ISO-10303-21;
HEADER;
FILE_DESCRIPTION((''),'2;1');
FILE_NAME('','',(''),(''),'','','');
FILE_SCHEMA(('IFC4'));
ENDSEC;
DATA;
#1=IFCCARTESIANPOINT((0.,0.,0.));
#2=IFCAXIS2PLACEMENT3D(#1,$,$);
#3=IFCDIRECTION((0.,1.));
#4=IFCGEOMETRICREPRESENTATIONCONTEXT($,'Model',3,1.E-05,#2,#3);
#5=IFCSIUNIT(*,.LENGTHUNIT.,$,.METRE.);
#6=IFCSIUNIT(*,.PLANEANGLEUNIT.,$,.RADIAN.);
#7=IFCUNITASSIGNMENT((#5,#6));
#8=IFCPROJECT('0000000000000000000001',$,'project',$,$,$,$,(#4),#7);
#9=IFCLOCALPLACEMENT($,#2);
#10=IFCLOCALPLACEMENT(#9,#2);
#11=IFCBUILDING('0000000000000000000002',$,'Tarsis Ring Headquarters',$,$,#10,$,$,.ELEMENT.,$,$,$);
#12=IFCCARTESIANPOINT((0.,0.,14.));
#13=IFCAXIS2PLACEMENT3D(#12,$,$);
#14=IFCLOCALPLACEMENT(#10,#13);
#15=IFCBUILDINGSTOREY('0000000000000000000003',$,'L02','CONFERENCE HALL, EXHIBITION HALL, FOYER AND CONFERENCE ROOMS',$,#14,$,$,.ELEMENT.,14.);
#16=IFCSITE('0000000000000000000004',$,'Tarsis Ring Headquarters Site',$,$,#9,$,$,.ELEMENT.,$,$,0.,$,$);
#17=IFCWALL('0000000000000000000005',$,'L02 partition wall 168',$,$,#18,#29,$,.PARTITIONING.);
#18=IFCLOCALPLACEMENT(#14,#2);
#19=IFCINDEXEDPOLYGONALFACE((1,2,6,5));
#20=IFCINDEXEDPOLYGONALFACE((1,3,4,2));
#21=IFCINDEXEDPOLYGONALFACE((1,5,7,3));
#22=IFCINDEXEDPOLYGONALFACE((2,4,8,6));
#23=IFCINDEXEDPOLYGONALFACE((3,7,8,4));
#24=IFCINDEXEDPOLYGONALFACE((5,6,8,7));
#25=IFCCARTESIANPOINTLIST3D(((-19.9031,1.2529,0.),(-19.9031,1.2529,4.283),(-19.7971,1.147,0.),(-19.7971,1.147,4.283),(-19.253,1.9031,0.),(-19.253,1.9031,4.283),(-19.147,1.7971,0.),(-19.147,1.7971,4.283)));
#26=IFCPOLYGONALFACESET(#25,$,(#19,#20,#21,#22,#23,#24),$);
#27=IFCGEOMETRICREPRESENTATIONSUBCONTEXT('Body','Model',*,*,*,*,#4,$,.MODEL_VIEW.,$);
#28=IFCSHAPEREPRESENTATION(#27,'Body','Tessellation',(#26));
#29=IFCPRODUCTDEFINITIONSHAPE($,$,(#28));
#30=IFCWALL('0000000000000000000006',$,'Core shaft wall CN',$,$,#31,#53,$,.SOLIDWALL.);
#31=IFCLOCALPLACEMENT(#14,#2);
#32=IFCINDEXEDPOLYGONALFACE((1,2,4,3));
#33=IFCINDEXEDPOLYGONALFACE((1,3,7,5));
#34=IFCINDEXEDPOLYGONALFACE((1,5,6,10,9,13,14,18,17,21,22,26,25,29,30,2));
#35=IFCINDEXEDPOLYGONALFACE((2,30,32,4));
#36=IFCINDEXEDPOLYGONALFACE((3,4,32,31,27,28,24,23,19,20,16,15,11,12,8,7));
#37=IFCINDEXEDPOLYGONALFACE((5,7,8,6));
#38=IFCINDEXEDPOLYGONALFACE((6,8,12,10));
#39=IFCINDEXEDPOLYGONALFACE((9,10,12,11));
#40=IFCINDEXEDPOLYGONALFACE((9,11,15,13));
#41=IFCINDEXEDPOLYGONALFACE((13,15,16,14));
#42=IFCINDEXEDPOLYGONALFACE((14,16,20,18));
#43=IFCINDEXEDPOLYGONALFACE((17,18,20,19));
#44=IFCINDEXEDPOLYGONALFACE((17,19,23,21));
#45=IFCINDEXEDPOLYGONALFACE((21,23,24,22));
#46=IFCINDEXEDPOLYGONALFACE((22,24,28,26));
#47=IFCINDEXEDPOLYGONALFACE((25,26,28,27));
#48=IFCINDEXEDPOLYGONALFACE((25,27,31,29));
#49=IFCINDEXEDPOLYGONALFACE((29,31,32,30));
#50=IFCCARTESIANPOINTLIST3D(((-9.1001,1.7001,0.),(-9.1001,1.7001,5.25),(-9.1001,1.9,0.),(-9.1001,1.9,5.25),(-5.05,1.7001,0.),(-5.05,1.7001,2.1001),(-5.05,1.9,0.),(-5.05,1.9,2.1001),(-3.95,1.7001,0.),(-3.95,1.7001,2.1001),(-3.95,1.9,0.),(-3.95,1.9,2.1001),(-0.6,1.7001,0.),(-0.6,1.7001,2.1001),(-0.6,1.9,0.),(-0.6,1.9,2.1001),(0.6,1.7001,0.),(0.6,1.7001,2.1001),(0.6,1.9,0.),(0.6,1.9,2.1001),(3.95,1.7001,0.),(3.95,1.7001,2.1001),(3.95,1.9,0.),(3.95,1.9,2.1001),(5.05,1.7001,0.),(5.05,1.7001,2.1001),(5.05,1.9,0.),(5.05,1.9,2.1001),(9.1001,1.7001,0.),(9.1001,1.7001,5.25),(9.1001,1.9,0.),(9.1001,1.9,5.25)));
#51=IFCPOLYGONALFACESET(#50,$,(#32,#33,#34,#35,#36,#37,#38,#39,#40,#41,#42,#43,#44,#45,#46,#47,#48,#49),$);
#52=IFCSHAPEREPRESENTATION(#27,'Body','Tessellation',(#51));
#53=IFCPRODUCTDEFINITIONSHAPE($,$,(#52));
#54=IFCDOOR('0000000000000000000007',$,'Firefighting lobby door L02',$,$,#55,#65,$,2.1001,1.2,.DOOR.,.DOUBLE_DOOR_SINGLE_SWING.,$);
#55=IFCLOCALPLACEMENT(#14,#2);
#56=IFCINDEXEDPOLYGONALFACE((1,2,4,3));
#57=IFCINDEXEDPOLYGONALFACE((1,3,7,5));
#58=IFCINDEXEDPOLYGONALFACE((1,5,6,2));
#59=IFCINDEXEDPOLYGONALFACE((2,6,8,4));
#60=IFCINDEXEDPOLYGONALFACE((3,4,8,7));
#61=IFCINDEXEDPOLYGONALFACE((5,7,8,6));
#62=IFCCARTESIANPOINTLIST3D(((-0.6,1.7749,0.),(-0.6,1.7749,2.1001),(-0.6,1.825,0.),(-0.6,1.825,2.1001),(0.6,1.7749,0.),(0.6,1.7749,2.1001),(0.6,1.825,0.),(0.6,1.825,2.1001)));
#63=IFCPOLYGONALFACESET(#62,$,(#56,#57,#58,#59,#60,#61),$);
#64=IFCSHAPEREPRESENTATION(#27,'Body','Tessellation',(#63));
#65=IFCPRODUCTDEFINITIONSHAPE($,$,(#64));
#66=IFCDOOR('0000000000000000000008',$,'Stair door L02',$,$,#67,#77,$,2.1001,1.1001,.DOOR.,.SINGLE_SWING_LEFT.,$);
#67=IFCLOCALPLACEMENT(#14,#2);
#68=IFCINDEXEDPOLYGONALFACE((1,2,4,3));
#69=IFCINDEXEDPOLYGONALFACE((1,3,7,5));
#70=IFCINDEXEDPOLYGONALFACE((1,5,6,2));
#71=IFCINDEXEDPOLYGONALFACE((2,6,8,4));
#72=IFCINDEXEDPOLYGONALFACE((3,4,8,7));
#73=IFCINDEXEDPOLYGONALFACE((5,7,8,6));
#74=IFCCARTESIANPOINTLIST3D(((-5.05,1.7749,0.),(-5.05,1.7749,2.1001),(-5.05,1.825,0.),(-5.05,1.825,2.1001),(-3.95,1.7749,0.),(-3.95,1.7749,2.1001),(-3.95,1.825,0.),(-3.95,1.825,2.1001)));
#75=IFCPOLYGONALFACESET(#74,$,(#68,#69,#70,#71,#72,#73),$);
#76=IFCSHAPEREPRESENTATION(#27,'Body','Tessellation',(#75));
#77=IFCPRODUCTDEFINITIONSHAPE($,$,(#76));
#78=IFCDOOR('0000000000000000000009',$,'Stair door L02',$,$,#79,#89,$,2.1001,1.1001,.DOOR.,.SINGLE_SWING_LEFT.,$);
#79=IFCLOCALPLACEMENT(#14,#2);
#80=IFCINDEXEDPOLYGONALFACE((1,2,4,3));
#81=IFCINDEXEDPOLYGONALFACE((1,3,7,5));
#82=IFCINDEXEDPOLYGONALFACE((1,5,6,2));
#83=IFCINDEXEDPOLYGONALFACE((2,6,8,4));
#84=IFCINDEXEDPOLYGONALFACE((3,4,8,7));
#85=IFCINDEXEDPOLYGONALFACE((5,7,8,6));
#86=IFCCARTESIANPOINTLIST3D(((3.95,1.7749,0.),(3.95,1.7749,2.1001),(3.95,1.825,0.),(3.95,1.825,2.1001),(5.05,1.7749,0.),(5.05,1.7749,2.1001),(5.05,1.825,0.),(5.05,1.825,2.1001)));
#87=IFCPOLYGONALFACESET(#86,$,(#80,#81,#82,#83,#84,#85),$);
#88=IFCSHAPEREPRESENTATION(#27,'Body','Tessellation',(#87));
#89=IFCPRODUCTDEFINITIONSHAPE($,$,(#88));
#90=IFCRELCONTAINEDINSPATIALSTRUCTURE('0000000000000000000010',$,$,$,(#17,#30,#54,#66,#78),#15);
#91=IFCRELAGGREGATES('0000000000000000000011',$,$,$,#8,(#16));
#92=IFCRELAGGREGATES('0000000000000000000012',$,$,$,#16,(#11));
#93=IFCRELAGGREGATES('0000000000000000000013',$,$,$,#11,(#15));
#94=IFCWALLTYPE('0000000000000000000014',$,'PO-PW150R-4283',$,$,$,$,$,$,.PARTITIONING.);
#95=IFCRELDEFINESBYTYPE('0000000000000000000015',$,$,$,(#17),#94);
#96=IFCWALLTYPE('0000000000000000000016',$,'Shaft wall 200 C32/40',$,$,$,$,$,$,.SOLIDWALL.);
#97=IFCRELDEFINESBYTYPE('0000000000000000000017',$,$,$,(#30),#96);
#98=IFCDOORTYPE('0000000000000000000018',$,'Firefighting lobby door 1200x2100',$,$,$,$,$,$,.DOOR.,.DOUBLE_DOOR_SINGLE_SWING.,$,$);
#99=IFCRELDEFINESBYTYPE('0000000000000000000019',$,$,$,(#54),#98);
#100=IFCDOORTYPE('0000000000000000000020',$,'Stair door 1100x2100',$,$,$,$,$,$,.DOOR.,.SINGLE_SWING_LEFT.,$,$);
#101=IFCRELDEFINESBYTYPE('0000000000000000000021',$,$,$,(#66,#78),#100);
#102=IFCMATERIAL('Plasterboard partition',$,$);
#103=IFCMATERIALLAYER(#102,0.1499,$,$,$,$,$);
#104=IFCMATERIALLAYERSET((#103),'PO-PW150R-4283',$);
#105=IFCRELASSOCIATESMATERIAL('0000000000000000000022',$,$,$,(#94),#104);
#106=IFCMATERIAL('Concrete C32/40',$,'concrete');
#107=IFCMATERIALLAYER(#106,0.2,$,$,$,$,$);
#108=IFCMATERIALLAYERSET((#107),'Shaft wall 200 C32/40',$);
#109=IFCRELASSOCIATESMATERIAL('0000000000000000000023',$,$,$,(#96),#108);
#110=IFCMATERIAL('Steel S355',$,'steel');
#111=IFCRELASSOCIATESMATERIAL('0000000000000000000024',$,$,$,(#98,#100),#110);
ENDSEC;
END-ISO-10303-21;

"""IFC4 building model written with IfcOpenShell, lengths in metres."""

from ifc_helpers import new_model, si_unit, direction, frame, frame_2d, origin, place, context, subcontext, project, spatial, rectangle, extrude, material, layer, layer_set, type_object, element, fill, save


model = new_model("IFC4")

# Units and contexts
model_context = context("Model", 3, precision=1e-05, world=origin(), true_north=direction((0.0, 1.0)))
body_context = subcontext(model_context, "Body", "Model", "MODEL_VIEW")
ifc_project = project(units=[si_unit("LENGTHUNIT", "METRE"), si_unit("PLANEANGLEUNIT", "RADIAN")], contexts=[model_context])

# Site, building, storey
site_placement = place(None, origin())
site = spatial("IfcSite", under=ifc_project, at=site_placement, Name="Tarsis Ring Headquarters Site", CompositionType="ELEMENT", RefElevation=0.0)
building_placement = place(site_placement, origin())
building = spatial("IfcBuilding", under=site, at=building_placement, Name="Tarsis Ring Headquarters", CompositionType="ELEMENT")
storey_placement = place(building_placement, frame((0.0, 0.0, 14.0)))
storey = spatial("IfcBuildingStorey", under=building, at=storey_placement, Name="L02", Description="CONFERENCE HALL, EXHIBITION HALL, FOYER AND CONFERENCE ROOMS", CompositionType="ELEMENT", Elevation=14.0)

# Shared definitions
ifc_material_1 = material(Name="Plasterboard partition")
ifc_layer_1 = layer(ifc_material_1, 0.1499)
ifc_layer_set_1 = layer_set([ifc_layer_1], Name="PO-PW150R-4283")
wall_type_1 = type_object("IfcWallType", Name="PO-PW150R-4283", PredefinedType="PARTITIONING", material=ifc_layer_set_1)

# Wall
wall_1_placement = place(storey_placement, frame((-19.8501, 1.2, 0.0), z_axis=(0.0, 0.0, 1.0), x_axis=(0.707107, 0.707107, 0.0)))
element("IfcWall", 1, at=wall_1_placement, inside=storey, type_object=wall_type_1, Name="L02 partition wall 168", PredefinedType="PARTITIONING", context=body_context, shape_type="SweptSolid", body=[
    extrude(rectangle(XDim=0.9194, YDim=0.1499, at=frame_2d((0.4597, 0.0))), origin(), (0.0, 0.0, 1.0), 4.283),
])

# Wall, openings, doors
ifc_material_2 = material(Name="Concrete C32/40", Category="concrete")
ifc_layer_2 = layer(ifc_material_2, 0.2)
ifc_layer_set_2 = layer_set([ifc_layer_2], Name="Shaft wall 200 C32/40")
wall_type_2 = type_object("IfcWallType", Name="Shaft wall 200 C32/40", PredefinedType="SOLIDWALL", material=ifc_layer_set_2)
wall_2_placement = place(storey_placement, frame((-9.1001, 1.8, 0.0), z_axis=(0.0, 0.0, 1.0), x_axis=(1.0, 0.0, 0.0)))
wall_2 = element("IfcWall", 2, at=wall_2_placement, inside=storey, type_object=wall_type_2, Name="Core shaft wall CN", PredefinedType="SOLIDWALL", context=body_context, shape_type="SweptSolid", body=[
    extrude(rectangle(XDim=18.2002, YDim=0.2, at=frame_2d((9.1001, 0.0))), origin(), (0.0, 0.0, 1.0), 5.25),
])
opening_1_placement = place(wall_2_placement, frame((4.05, 0.0, 0.0)))
opening_1 = element("IfcOpeningElement", 3, at=opening_1_placement, cuts=wall_2, PredefinedType="OPENING", context=body_context, shape_type="SweptSolid", body=[
    extrude(rectangle(XDim=1.1001, YDim=2.1001, at=frame_2d((0.55, 1.05))), frame((0.0, 0.1099, 0.0), z_axis=(0.0, -1.0, 0.0), x_axis=(1.0, 0.0, 0.0)), (0.0, 0.0, 1.0), 0.22),
])
opening_2_placement = place(wall_2_placement, frame((8.5, 0.0, 0.0)))
opening_2 = element("IfcOpeningElement", 4, at=opening_2_placement, cuts=wall_2, PredefinedType="OPENING", context=body_context, shape_type="SweptSolid", body=[
    extrude(rectangle(XDim=1.2, YDim=2.1001, at=frame_2d((0.6001, 1.05))), frame((0.0, 0.1099, 0.0), z_axis=(0.0, -1.0, 0.0), x_axis=(1.0, 0.0, 0.0)), (0.0, 0.0, 1.0), 0.22),
])
opening_3_placement = place(wall_2_placement, frame((13.05, 0.0, 0.0)))
opening_3 = element("IfcOpeningElement", 5, at=opening_3_placement, cuts=wall_2, PredefinedType="OPENING", context=body_context, shape_type="SweptSolid", body=[
    extrude(rectangle(XDim=1.1001, YDim=2.1001, at=frame_2d((0.55, 1.05))), frame((0.0, 0.1099, 0.0), z_axis=(0.0, -1.0, 0.0), x_axis=(1.0, 0.0, 0.0)), (0.0, 0.0, 1.0), 0.22),
])
ifc_material_3 = material(Name="Steel S355", Category="steel")
door_type_1 = type_object("IfcDoorType", Name="Firefighting lobby door 1200x2100", OperationType="DOUBLE_DOOR_SINGLE_SWING", PredefinedType="DOOR", material=ifc_material_3)
door_1_placement = place(opening_2_placement, origin())
door_1 = element("IfcDoor", 6, at=door_1_placement, inside=storey, type_object=door_type_1, Name="Firefighting lobby door L02", OperationType="DOUBLE_DOOR_SINGLE_SWING", OverallHeight=2.1001, OverallWidth=1.2, PredefinedType="DOOR", context=body_context, shape_type="SweptSolid", body=[
    extrude(rectangle(XDim=1.2, YDim=2.1001, at=frame_2d((0.6001, 1.05))), frame((0.0, 0.0249, 0.0), z_axis=(0.0, -1.0, 0.0), x_axis=(1.0, 0.0, 0.0)), (0.0, 0.0, 1.0), 0.05),
])
fill(opening_2, door_1)
door_type_2 = type_object("IfcDoorType", Name="Stair door 1100x2100", OperationType="SINGLE_SWING_LEFT", PredefinedType="DOOR", material=ifc_material_3)
door_2_placement = place(opening_1_placement, origin())
door_2 = element("IfcDoor", 7, at=door_2_placement, inside=storey, type_object=door_type_2, Name="Stair door L02", OperationType="SINGLE_SWING_LEFT", OverallHeight=2.1001, OverallWidth=1.1001, PredefinedType="DOOR", context=body_context, shape_type="SweptSolid", body=[
    extrude(rectangle(XDim=1.1001, YDim=2.1001, at=frame_2d((0.55, 1.05))), frame((0.0, 0.0249, 0.0), z_axis=(0.0, -1.0, 0.0), x_axis=(1.0, 0.0, 0.0)), (0.0, 0.0, 1.0), 0.05),
])
fill(opening_1, door_2)
door_3_placement = place(opening_3_placement, origin())
door_3 = element("IfcDoor", 8, at=door_3_placement, inside=storey, type_object=door_type_2, Name="Stair door L02", OperationType="SINGLE_SWING_LEFT", OverallHeight=2.1001, OverallWidth=1.1001, PredefinedType="DOOR", context=body_context, shape_type="SweptSolid", body=[
    extrude(rectangle(XDim=1.1001, YDim=2.1001, at=frame_2d((0.55, 1.05))), frame((0.0, 0.0249, 0.0), z_axis=(0.0, -1.0, 0.0), x_axis=(1.0, 0.0, 0.0)), (0.0, 0.0, 1.0), 0.05),
])
fill(opening_3, door_3)

save(model, "model.ifc")
